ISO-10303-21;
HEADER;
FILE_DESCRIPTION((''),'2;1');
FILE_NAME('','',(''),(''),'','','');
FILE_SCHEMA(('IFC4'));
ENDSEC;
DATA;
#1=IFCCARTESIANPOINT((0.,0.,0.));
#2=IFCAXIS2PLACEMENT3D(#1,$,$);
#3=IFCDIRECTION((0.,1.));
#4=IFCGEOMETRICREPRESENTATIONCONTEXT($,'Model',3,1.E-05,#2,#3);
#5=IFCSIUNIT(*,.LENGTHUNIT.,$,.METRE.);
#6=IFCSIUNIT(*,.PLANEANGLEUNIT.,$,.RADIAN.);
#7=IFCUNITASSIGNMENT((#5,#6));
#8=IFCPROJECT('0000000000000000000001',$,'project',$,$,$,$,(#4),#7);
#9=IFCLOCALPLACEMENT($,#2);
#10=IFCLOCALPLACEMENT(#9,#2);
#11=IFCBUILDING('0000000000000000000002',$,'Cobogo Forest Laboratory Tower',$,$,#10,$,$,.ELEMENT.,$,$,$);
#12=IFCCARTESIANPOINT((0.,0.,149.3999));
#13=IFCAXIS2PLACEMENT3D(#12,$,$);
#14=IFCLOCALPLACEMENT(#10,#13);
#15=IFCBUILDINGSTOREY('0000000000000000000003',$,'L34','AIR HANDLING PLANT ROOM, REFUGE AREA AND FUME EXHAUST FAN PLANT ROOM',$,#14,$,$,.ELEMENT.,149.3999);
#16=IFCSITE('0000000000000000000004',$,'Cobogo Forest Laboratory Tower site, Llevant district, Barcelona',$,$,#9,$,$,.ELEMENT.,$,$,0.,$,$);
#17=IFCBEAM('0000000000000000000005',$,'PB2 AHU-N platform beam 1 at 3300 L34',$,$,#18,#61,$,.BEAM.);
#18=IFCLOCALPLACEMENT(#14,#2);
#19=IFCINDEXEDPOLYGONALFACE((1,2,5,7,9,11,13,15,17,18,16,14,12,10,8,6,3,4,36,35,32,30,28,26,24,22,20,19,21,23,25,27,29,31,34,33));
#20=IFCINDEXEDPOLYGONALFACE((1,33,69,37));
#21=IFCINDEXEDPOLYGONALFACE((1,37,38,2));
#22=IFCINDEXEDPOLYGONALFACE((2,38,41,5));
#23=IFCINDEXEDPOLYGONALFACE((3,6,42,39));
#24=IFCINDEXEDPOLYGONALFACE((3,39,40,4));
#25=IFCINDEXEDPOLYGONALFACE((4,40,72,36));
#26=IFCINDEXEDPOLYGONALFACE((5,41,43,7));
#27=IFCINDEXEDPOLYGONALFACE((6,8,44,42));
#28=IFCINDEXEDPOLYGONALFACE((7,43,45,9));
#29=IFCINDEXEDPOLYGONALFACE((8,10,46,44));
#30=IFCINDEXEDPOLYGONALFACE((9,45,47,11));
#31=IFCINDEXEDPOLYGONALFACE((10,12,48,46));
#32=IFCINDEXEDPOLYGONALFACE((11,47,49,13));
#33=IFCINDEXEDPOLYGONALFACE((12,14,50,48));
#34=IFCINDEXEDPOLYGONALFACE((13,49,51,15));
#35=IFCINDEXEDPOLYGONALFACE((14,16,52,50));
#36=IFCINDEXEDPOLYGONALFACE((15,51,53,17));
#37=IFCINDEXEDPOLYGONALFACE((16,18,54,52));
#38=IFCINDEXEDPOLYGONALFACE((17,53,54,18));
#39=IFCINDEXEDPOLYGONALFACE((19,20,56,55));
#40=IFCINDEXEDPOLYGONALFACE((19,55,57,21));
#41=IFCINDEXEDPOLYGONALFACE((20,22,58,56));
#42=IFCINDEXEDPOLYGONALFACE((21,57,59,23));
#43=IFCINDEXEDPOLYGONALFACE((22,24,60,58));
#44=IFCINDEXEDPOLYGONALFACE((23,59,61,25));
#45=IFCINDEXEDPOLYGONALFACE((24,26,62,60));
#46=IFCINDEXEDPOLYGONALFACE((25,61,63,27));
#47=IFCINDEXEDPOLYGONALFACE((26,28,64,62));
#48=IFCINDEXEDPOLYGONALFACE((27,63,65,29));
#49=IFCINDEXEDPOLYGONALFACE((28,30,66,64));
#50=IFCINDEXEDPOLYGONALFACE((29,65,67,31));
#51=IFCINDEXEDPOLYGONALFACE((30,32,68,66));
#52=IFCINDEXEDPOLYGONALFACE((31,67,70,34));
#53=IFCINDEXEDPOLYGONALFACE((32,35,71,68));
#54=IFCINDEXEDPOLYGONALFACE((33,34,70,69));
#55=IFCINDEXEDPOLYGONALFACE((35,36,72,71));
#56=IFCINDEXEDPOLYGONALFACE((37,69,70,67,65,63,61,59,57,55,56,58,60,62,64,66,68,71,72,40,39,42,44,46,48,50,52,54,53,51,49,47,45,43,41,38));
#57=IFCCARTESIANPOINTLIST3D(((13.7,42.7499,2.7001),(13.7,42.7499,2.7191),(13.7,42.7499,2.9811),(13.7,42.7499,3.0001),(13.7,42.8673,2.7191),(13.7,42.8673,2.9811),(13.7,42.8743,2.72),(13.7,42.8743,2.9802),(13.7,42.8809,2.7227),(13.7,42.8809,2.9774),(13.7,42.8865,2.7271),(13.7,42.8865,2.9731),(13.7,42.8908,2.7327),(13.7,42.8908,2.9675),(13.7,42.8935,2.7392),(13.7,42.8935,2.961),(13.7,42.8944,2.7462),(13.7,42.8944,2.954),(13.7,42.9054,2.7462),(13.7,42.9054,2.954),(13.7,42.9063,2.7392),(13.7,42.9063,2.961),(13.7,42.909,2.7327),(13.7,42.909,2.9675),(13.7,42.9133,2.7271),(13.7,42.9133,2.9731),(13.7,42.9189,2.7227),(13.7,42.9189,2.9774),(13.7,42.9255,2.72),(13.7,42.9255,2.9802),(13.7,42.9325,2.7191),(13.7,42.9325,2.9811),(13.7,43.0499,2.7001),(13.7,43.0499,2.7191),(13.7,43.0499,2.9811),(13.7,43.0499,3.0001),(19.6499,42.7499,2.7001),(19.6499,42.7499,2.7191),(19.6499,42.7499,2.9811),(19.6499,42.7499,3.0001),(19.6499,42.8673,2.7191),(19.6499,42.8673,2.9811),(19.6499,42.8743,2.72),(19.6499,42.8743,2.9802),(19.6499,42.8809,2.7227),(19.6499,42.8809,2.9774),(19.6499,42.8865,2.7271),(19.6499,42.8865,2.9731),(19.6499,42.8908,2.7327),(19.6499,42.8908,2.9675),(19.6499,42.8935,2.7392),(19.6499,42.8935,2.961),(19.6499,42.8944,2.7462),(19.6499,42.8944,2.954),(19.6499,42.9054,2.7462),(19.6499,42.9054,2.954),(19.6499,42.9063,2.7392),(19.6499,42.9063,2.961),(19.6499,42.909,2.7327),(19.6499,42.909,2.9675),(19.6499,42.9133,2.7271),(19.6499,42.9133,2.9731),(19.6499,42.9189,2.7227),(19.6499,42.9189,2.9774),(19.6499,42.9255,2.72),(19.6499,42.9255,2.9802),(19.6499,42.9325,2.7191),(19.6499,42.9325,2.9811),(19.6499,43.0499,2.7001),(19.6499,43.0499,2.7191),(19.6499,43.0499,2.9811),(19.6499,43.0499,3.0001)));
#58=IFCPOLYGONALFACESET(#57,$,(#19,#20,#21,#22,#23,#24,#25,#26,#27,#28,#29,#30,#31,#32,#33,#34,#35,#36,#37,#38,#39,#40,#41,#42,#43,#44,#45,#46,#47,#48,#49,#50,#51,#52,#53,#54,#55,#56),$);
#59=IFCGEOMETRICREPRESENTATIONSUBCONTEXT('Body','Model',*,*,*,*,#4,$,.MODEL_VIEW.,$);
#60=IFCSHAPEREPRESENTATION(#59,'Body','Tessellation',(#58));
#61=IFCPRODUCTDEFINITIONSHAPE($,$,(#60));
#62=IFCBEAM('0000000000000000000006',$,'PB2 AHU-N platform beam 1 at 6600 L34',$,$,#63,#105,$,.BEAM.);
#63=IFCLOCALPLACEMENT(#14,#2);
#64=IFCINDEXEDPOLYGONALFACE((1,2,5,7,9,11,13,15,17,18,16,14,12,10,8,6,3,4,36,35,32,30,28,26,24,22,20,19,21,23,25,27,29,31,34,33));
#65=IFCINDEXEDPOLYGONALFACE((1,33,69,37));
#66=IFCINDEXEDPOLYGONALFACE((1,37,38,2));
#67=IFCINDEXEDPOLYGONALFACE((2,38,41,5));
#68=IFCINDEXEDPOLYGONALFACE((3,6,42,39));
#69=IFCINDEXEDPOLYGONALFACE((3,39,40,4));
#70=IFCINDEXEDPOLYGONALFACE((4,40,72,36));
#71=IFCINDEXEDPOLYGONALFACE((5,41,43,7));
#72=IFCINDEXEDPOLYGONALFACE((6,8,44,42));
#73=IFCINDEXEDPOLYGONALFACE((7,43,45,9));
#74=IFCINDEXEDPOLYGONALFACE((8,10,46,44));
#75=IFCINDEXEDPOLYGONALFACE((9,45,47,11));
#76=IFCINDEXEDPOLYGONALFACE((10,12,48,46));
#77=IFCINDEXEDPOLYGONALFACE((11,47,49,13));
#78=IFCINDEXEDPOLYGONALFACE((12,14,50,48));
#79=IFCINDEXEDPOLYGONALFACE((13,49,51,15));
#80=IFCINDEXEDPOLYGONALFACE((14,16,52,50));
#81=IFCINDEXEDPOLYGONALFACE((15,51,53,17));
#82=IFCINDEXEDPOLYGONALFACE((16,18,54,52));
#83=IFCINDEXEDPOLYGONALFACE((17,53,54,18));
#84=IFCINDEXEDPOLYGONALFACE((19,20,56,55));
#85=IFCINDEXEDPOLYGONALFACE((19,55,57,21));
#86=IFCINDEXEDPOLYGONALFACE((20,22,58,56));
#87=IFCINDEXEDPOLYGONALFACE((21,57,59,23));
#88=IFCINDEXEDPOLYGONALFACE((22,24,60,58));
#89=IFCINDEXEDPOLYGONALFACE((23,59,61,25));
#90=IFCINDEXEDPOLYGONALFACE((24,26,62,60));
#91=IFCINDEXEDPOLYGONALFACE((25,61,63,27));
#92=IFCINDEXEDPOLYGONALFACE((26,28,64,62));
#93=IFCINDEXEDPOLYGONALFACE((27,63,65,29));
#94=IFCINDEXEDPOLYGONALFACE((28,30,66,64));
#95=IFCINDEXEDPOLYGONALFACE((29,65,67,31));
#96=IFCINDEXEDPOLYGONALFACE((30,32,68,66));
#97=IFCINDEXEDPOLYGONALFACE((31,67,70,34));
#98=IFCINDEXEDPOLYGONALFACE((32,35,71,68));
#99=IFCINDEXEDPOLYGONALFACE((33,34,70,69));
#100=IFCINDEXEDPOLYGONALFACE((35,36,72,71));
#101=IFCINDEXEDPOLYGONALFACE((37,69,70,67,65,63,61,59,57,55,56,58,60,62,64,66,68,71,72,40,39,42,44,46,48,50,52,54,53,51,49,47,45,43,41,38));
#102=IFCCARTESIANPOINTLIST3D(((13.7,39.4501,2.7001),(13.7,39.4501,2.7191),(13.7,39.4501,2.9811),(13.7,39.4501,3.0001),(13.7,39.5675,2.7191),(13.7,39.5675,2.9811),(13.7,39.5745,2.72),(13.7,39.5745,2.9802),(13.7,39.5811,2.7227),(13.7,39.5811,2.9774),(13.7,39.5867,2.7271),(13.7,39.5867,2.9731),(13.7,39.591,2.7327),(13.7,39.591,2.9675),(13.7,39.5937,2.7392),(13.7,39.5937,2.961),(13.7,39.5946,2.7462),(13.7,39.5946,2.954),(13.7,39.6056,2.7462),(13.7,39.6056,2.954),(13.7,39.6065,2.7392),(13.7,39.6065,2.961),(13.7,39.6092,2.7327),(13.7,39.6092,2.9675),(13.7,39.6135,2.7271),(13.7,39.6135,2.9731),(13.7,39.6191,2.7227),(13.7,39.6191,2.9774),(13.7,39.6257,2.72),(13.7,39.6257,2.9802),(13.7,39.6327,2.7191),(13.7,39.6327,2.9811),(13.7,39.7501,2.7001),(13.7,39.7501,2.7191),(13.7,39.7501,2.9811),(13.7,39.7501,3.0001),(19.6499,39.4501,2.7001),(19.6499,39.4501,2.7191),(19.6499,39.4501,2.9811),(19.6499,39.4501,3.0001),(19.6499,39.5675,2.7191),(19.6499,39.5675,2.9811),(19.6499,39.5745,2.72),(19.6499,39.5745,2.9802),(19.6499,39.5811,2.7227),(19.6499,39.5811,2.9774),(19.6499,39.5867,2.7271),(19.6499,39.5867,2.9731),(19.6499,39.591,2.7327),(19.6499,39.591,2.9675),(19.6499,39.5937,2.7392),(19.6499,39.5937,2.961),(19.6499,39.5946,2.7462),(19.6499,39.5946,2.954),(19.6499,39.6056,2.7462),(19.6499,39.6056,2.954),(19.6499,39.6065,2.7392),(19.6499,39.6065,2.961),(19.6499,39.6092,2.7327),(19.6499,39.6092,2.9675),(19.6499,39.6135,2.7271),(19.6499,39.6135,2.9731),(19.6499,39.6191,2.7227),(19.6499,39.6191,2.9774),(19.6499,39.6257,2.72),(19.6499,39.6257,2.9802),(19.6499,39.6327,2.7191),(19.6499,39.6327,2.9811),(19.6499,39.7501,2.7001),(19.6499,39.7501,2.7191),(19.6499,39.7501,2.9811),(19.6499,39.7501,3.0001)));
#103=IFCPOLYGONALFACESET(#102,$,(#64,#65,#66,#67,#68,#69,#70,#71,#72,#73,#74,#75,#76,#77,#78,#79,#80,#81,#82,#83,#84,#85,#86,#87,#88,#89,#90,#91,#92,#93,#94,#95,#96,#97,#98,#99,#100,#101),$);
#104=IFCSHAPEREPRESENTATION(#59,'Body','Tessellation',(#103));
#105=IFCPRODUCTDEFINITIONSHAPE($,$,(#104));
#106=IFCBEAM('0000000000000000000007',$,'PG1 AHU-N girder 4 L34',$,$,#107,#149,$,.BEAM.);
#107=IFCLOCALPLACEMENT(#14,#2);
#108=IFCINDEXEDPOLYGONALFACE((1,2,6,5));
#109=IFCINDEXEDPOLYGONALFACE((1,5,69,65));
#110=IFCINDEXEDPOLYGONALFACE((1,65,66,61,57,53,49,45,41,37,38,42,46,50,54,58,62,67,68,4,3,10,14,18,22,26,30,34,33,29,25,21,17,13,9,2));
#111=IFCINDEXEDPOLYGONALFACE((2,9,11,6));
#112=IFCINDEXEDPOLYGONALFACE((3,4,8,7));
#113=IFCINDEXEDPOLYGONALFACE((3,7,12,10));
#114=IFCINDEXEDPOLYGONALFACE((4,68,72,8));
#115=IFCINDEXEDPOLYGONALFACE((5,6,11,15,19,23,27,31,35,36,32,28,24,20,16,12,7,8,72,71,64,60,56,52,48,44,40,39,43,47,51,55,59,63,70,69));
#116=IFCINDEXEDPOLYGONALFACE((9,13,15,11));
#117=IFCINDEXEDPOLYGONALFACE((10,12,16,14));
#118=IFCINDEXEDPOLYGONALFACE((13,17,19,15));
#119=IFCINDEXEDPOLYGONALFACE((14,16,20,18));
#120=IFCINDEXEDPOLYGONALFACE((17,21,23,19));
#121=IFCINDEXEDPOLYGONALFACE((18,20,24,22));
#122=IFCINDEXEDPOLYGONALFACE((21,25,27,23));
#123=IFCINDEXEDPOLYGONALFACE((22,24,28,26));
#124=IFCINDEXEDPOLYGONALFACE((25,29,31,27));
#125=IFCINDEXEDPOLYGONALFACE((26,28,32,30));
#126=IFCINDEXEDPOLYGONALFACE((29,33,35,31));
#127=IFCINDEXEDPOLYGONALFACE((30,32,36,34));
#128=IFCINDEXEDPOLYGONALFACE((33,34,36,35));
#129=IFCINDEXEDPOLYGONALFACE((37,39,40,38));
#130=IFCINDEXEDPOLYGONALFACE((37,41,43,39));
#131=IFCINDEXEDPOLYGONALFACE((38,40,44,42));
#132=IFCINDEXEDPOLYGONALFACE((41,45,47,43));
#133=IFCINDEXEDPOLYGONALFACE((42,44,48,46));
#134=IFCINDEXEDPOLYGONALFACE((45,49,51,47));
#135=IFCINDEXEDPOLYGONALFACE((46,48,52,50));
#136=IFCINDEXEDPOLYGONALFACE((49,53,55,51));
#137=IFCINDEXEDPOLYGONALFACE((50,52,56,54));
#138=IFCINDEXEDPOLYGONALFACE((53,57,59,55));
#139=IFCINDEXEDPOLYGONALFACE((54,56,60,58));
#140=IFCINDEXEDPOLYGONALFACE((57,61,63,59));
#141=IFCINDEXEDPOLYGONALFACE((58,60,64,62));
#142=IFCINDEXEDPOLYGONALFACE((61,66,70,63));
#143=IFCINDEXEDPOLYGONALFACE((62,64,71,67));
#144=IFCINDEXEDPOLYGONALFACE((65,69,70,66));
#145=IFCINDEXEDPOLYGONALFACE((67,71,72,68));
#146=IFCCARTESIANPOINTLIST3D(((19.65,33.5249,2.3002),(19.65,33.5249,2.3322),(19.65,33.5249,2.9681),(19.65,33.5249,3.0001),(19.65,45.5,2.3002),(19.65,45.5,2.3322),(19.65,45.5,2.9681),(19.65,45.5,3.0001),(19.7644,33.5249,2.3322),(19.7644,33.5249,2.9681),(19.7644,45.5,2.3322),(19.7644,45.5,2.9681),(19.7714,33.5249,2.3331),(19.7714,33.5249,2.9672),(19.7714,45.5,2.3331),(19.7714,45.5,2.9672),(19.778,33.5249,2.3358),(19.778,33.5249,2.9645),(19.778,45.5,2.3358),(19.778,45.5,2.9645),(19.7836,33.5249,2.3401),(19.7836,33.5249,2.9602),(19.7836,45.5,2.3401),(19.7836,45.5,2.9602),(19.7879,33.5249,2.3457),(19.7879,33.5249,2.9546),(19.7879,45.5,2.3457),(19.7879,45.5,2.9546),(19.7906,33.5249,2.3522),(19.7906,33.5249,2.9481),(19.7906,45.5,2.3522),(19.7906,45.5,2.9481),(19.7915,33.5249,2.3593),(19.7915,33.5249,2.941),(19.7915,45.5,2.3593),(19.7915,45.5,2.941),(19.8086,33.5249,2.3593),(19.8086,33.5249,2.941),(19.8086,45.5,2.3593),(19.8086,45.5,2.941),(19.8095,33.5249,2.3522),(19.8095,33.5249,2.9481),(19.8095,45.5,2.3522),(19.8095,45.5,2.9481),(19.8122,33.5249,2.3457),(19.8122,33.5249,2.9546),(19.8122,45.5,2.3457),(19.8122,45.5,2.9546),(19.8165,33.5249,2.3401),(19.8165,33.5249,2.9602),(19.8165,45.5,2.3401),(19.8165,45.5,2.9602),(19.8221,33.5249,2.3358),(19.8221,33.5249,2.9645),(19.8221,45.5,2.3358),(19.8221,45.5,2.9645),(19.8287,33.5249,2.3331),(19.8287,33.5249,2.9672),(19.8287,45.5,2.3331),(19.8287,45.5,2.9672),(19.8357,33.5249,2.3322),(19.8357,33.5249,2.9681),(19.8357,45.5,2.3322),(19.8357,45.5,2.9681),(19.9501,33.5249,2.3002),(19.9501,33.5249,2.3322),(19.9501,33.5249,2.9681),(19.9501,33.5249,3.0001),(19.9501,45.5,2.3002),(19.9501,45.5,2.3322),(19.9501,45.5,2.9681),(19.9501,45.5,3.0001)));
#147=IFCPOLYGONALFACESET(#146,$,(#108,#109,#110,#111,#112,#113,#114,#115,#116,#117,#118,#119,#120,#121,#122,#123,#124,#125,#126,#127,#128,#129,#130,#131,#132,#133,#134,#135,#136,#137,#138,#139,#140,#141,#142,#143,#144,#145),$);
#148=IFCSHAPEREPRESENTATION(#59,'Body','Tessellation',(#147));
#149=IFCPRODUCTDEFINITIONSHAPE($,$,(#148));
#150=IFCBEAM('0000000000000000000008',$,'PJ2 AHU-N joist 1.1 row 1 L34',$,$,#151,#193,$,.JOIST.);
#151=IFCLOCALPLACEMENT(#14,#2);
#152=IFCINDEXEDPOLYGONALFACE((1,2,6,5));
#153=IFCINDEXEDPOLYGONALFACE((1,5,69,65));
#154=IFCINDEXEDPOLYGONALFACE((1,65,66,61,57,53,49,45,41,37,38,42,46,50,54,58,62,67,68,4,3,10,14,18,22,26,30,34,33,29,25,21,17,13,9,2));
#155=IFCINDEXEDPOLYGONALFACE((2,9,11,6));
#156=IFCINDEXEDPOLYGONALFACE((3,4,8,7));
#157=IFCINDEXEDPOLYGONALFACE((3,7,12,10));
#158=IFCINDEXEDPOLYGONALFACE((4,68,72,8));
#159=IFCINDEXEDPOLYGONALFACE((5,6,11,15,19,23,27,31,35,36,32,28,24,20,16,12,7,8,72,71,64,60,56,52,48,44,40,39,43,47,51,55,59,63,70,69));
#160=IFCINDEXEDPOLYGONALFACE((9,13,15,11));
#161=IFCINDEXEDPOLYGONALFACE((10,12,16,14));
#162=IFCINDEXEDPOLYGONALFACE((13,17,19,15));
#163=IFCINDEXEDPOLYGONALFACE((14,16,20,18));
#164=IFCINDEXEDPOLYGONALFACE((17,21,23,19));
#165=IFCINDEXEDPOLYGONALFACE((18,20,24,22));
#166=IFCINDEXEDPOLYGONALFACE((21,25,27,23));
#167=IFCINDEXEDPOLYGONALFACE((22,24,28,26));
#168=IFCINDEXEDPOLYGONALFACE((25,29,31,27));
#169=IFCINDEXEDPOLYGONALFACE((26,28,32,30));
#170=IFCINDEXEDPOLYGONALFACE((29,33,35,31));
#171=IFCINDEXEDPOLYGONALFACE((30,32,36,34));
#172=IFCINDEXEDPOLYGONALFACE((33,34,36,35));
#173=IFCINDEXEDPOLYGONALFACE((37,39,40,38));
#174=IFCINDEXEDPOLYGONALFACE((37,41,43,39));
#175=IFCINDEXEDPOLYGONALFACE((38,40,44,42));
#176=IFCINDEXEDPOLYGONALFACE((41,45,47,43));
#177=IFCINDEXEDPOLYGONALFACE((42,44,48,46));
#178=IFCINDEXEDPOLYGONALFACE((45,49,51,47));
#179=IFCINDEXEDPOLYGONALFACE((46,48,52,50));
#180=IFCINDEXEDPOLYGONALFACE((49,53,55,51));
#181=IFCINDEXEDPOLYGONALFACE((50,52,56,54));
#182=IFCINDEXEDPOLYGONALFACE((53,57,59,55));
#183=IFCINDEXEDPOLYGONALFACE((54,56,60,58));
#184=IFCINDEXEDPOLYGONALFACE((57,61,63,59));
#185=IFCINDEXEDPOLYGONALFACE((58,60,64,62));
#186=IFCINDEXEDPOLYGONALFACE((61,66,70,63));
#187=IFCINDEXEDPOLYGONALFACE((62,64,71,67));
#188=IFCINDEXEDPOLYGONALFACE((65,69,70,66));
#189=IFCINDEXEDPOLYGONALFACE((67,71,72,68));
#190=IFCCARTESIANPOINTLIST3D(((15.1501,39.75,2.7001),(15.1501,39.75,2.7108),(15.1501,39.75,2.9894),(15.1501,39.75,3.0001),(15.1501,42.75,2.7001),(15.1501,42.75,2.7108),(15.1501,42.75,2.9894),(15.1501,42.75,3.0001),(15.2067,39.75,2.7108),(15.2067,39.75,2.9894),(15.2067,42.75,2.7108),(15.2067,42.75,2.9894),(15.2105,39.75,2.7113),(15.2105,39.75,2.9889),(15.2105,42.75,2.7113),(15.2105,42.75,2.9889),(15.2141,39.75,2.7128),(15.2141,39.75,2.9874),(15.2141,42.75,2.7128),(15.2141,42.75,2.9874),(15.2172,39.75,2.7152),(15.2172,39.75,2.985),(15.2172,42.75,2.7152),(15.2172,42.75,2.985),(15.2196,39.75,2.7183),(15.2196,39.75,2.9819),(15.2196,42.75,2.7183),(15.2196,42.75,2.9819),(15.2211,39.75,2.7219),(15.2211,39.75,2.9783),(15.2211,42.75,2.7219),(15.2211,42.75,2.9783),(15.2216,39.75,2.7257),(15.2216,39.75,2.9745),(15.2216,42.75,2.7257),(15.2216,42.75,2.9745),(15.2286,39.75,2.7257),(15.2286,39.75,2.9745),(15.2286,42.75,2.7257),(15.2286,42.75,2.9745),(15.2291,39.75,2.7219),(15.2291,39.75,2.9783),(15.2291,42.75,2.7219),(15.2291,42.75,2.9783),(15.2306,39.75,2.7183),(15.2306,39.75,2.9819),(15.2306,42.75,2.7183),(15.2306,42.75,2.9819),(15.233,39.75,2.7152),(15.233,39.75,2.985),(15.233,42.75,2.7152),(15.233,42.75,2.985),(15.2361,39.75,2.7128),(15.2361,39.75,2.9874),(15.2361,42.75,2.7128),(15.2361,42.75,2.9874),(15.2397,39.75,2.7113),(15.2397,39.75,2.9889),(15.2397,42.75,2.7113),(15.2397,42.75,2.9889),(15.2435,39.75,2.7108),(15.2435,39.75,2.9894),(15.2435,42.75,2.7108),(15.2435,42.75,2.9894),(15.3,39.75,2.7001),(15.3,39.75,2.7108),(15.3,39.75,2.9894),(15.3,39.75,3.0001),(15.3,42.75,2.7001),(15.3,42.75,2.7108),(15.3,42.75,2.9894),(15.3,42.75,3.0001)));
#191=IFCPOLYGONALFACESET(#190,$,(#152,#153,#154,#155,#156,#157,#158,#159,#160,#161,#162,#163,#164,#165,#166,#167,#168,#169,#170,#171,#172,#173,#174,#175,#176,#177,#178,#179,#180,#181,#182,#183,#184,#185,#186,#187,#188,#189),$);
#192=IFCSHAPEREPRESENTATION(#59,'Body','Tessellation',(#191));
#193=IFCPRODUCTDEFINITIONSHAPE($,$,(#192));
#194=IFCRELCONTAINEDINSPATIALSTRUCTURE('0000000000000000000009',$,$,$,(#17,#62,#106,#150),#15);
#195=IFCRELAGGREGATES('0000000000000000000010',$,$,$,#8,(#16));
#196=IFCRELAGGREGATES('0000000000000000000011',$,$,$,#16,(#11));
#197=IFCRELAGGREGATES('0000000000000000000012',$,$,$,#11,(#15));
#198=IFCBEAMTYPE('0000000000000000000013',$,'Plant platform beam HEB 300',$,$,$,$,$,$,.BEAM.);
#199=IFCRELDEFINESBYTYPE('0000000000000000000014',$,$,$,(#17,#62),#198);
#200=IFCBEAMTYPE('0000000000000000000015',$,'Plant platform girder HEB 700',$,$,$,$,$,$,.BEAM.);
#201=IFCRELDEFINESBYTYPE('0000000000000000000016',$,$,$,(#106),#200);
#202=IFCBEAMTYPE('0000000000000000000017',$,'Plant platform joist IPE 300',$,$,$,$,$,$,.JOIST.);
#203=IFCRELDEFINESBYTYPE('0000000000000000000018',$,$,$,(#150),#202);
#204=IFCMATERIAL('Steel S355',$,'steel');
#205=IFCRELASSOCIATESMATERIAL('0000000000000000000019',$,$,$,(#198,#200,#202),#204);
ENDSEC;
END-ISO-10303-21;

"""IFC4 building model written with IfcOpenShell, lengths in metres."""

from ifc_helpers import new_model, si_unit, direction, frame, origin, origin_2d, place, context, subcontext, project, spatial, i_section, extrude, material, material_profile, profile_set, type_object, element, save


model = new_model("IFC4")

# Units and contexts
model_context = context("Model", 3, precision=1e-05, world=origin(), true_north=direction((0.0, 1.0)))
body_context = subcontext(model_context, "Body", "Model", "MODEL_VIEW")
ifc_project = project(units=[si_unit("LENGTHUNIT", "METRE"), si_unit("PLANEANGLEUNIT", "RADIAN")], contexts=[model_context])

# Site, building, storey
site_placement = place(None, origin())
site = spatial("IfcSite", under=ifc_project, at=site_placement, Name="Cobogo Forest Laboratory Tower site, Llevant district, Barcelona", CompositionType="ELEMENT", RefElevation=0.0)
building_placement = place(site_placement, origin())
building = spatial("IfcBuilding", under=site, at=building_placement, Name="Cobogo Forest Laboratory Tower", CompositionType="ELEMENT")
storey_placement = place(building_placement, frame((0.0, 0.0, 149.3999)))
storey = spatial("IfcBuildingStorey", under=building, at=storey_placement, Name="L34", Description="AIR HANDLING PLANT ROOM, REFUGE AREA AND FUME EXHAUST FAN PLANT ROOM", CompositionType="ELEMENT", Elevation=149.3999)

# Beams
ifc_material_1 = material(Name="Steel S355", Category="steel")
ifc_material_profile_1 = material_profile(ifc_material_1, i_section(OverallWidth=0.3, OverallDepth=0.3, WebThickness=0.011, FlangeThickness=0.019, FilletRadius=0.0271, at=origin_2d()), Name="HEB 300")
ifc_profile_set_1 = profile_set([ifc_material_profile_1], Name="Steel S355")
beam_type_1 = type_object("IfcBeamType", Name="Plant platform beam HEB 300", PredefinedType="BEAM", material=ifc_profile_set_1)
for number, where, z_axis, x_axis, name in (
    (1, (13.7, 42.8999, 2.8501), (1.0, 0.0, 0.0), (0.0, 1.0, 0.0), "PB2 AHU-N platform beam 1 at 3300 L34"),
    (2, (13.7, 39.6001, 2.8501), (1.0, 0.0, 0.0), (0.0, 1.0, 0.0), "PB2 AHU-N platform beam 1 at 6600 L34"),
):
    element("IfcBeam", number, at=place(storey_placement, frame(where, z_axis=z_axis, x_axis=x_axis)), inside=storey, type_object=beam_type_1, Name=name, PredefinedType="BEAM", context=body_context, shape_type="SweptSolid", body=[
        extrude(i_section(OverallWidth=0.3, OverallDepth=0.3, WebThickness=0.011, FlangeThickness=0.019, FilletRadius=0.0271, at=origin_2d()), origin(), (0.0, 0.0, 1.0), 5.95),
    ])
ifc_material_profile_2 = material_profile(ifc_material_1, i_section(OverallWidth=0.3, OverallDepth=0.7, WebThickness=0.0171, FlangeThickness=0.032, FilletRadius=0.0271, at=origin_2d()), Name="HEB 700")
ifc_profile_set_2 = profile_set([ifc_material_profile_2], Name="Steel S355")
beam_type_2 = type_object("IfcBeamType", Name="Plant platform girder HEB 700", PredefinedType="BEAM", material=ifc_profile_set_2)
beam_1_placement = place(storey_placement, frame((19.8, 45.5, 2.6501), z_axis=(0.0, -1.0, 0.0), x_axis=(1.0, 0.0, 0.0)))
element("IfcBeam", 3, at=beam_1_placement, inside=storey, type_object=beam_type_2, Name="PG1 AHU-N girder 4 L34", PredefinedType="BEAM", context=body_context, shape_type="SweptSolid", body=[
    extrude(i_section(OverallWidth=0.3, OverallDepth=0.7, WebThickness=0.0171, FlangeThickness=0.032, FilletRadius=0.0271, at=origin_2d()), origin(), (0.0, 0.0, 1.0), 11.9751),
])
ifc_material_profile_3 = material_profile(ifc_material_1, i_section(OverallWidth=0.1499, OverallDepth=0.3, WebThickness=0.0071, FlangeThickness=0.0107, FilletRadius=0.0149, at=origin_2d()), Name="IPE 300")
ifc_profile_set_3 = profile_set([ifc_material_profile_3], Name="Steel S355")
beam_type_3 = type_object("IfcBeamType", Name="Plant platform joist IPE 300", PredefinedType="JOIST", material=ifc_profile_set_3)
for number, where, z_axis, x_axis, name in (
    (4, (15.2251, 42.75, 2.8501), (0.0, -1.0, 0.0), (1.0, 0.0, 0.0), "PJ2 AHU-N joist 1.1 row 1 L34"),
):
    element("IfcBeam", number, at=place(storey_placement, frame(where, z_axis=z_axis, x_axis=x_axis)), inside=storey, type_object=beam_type_3, Name=name, PredefinedType="JOIST", context=body_context, shape_type="SweptSolid", body=[
        extrude(i_section(OverallWidth=0.1499, OverallDepth=0.3, WebThickness=0.0071, FlangeThickness=0.0107, FilletRadius=0.0149, at=origin_2d()), origin(), (0.0, 0.0, 1.0), 3.0),
    ])

save(model, "model.ifc")
